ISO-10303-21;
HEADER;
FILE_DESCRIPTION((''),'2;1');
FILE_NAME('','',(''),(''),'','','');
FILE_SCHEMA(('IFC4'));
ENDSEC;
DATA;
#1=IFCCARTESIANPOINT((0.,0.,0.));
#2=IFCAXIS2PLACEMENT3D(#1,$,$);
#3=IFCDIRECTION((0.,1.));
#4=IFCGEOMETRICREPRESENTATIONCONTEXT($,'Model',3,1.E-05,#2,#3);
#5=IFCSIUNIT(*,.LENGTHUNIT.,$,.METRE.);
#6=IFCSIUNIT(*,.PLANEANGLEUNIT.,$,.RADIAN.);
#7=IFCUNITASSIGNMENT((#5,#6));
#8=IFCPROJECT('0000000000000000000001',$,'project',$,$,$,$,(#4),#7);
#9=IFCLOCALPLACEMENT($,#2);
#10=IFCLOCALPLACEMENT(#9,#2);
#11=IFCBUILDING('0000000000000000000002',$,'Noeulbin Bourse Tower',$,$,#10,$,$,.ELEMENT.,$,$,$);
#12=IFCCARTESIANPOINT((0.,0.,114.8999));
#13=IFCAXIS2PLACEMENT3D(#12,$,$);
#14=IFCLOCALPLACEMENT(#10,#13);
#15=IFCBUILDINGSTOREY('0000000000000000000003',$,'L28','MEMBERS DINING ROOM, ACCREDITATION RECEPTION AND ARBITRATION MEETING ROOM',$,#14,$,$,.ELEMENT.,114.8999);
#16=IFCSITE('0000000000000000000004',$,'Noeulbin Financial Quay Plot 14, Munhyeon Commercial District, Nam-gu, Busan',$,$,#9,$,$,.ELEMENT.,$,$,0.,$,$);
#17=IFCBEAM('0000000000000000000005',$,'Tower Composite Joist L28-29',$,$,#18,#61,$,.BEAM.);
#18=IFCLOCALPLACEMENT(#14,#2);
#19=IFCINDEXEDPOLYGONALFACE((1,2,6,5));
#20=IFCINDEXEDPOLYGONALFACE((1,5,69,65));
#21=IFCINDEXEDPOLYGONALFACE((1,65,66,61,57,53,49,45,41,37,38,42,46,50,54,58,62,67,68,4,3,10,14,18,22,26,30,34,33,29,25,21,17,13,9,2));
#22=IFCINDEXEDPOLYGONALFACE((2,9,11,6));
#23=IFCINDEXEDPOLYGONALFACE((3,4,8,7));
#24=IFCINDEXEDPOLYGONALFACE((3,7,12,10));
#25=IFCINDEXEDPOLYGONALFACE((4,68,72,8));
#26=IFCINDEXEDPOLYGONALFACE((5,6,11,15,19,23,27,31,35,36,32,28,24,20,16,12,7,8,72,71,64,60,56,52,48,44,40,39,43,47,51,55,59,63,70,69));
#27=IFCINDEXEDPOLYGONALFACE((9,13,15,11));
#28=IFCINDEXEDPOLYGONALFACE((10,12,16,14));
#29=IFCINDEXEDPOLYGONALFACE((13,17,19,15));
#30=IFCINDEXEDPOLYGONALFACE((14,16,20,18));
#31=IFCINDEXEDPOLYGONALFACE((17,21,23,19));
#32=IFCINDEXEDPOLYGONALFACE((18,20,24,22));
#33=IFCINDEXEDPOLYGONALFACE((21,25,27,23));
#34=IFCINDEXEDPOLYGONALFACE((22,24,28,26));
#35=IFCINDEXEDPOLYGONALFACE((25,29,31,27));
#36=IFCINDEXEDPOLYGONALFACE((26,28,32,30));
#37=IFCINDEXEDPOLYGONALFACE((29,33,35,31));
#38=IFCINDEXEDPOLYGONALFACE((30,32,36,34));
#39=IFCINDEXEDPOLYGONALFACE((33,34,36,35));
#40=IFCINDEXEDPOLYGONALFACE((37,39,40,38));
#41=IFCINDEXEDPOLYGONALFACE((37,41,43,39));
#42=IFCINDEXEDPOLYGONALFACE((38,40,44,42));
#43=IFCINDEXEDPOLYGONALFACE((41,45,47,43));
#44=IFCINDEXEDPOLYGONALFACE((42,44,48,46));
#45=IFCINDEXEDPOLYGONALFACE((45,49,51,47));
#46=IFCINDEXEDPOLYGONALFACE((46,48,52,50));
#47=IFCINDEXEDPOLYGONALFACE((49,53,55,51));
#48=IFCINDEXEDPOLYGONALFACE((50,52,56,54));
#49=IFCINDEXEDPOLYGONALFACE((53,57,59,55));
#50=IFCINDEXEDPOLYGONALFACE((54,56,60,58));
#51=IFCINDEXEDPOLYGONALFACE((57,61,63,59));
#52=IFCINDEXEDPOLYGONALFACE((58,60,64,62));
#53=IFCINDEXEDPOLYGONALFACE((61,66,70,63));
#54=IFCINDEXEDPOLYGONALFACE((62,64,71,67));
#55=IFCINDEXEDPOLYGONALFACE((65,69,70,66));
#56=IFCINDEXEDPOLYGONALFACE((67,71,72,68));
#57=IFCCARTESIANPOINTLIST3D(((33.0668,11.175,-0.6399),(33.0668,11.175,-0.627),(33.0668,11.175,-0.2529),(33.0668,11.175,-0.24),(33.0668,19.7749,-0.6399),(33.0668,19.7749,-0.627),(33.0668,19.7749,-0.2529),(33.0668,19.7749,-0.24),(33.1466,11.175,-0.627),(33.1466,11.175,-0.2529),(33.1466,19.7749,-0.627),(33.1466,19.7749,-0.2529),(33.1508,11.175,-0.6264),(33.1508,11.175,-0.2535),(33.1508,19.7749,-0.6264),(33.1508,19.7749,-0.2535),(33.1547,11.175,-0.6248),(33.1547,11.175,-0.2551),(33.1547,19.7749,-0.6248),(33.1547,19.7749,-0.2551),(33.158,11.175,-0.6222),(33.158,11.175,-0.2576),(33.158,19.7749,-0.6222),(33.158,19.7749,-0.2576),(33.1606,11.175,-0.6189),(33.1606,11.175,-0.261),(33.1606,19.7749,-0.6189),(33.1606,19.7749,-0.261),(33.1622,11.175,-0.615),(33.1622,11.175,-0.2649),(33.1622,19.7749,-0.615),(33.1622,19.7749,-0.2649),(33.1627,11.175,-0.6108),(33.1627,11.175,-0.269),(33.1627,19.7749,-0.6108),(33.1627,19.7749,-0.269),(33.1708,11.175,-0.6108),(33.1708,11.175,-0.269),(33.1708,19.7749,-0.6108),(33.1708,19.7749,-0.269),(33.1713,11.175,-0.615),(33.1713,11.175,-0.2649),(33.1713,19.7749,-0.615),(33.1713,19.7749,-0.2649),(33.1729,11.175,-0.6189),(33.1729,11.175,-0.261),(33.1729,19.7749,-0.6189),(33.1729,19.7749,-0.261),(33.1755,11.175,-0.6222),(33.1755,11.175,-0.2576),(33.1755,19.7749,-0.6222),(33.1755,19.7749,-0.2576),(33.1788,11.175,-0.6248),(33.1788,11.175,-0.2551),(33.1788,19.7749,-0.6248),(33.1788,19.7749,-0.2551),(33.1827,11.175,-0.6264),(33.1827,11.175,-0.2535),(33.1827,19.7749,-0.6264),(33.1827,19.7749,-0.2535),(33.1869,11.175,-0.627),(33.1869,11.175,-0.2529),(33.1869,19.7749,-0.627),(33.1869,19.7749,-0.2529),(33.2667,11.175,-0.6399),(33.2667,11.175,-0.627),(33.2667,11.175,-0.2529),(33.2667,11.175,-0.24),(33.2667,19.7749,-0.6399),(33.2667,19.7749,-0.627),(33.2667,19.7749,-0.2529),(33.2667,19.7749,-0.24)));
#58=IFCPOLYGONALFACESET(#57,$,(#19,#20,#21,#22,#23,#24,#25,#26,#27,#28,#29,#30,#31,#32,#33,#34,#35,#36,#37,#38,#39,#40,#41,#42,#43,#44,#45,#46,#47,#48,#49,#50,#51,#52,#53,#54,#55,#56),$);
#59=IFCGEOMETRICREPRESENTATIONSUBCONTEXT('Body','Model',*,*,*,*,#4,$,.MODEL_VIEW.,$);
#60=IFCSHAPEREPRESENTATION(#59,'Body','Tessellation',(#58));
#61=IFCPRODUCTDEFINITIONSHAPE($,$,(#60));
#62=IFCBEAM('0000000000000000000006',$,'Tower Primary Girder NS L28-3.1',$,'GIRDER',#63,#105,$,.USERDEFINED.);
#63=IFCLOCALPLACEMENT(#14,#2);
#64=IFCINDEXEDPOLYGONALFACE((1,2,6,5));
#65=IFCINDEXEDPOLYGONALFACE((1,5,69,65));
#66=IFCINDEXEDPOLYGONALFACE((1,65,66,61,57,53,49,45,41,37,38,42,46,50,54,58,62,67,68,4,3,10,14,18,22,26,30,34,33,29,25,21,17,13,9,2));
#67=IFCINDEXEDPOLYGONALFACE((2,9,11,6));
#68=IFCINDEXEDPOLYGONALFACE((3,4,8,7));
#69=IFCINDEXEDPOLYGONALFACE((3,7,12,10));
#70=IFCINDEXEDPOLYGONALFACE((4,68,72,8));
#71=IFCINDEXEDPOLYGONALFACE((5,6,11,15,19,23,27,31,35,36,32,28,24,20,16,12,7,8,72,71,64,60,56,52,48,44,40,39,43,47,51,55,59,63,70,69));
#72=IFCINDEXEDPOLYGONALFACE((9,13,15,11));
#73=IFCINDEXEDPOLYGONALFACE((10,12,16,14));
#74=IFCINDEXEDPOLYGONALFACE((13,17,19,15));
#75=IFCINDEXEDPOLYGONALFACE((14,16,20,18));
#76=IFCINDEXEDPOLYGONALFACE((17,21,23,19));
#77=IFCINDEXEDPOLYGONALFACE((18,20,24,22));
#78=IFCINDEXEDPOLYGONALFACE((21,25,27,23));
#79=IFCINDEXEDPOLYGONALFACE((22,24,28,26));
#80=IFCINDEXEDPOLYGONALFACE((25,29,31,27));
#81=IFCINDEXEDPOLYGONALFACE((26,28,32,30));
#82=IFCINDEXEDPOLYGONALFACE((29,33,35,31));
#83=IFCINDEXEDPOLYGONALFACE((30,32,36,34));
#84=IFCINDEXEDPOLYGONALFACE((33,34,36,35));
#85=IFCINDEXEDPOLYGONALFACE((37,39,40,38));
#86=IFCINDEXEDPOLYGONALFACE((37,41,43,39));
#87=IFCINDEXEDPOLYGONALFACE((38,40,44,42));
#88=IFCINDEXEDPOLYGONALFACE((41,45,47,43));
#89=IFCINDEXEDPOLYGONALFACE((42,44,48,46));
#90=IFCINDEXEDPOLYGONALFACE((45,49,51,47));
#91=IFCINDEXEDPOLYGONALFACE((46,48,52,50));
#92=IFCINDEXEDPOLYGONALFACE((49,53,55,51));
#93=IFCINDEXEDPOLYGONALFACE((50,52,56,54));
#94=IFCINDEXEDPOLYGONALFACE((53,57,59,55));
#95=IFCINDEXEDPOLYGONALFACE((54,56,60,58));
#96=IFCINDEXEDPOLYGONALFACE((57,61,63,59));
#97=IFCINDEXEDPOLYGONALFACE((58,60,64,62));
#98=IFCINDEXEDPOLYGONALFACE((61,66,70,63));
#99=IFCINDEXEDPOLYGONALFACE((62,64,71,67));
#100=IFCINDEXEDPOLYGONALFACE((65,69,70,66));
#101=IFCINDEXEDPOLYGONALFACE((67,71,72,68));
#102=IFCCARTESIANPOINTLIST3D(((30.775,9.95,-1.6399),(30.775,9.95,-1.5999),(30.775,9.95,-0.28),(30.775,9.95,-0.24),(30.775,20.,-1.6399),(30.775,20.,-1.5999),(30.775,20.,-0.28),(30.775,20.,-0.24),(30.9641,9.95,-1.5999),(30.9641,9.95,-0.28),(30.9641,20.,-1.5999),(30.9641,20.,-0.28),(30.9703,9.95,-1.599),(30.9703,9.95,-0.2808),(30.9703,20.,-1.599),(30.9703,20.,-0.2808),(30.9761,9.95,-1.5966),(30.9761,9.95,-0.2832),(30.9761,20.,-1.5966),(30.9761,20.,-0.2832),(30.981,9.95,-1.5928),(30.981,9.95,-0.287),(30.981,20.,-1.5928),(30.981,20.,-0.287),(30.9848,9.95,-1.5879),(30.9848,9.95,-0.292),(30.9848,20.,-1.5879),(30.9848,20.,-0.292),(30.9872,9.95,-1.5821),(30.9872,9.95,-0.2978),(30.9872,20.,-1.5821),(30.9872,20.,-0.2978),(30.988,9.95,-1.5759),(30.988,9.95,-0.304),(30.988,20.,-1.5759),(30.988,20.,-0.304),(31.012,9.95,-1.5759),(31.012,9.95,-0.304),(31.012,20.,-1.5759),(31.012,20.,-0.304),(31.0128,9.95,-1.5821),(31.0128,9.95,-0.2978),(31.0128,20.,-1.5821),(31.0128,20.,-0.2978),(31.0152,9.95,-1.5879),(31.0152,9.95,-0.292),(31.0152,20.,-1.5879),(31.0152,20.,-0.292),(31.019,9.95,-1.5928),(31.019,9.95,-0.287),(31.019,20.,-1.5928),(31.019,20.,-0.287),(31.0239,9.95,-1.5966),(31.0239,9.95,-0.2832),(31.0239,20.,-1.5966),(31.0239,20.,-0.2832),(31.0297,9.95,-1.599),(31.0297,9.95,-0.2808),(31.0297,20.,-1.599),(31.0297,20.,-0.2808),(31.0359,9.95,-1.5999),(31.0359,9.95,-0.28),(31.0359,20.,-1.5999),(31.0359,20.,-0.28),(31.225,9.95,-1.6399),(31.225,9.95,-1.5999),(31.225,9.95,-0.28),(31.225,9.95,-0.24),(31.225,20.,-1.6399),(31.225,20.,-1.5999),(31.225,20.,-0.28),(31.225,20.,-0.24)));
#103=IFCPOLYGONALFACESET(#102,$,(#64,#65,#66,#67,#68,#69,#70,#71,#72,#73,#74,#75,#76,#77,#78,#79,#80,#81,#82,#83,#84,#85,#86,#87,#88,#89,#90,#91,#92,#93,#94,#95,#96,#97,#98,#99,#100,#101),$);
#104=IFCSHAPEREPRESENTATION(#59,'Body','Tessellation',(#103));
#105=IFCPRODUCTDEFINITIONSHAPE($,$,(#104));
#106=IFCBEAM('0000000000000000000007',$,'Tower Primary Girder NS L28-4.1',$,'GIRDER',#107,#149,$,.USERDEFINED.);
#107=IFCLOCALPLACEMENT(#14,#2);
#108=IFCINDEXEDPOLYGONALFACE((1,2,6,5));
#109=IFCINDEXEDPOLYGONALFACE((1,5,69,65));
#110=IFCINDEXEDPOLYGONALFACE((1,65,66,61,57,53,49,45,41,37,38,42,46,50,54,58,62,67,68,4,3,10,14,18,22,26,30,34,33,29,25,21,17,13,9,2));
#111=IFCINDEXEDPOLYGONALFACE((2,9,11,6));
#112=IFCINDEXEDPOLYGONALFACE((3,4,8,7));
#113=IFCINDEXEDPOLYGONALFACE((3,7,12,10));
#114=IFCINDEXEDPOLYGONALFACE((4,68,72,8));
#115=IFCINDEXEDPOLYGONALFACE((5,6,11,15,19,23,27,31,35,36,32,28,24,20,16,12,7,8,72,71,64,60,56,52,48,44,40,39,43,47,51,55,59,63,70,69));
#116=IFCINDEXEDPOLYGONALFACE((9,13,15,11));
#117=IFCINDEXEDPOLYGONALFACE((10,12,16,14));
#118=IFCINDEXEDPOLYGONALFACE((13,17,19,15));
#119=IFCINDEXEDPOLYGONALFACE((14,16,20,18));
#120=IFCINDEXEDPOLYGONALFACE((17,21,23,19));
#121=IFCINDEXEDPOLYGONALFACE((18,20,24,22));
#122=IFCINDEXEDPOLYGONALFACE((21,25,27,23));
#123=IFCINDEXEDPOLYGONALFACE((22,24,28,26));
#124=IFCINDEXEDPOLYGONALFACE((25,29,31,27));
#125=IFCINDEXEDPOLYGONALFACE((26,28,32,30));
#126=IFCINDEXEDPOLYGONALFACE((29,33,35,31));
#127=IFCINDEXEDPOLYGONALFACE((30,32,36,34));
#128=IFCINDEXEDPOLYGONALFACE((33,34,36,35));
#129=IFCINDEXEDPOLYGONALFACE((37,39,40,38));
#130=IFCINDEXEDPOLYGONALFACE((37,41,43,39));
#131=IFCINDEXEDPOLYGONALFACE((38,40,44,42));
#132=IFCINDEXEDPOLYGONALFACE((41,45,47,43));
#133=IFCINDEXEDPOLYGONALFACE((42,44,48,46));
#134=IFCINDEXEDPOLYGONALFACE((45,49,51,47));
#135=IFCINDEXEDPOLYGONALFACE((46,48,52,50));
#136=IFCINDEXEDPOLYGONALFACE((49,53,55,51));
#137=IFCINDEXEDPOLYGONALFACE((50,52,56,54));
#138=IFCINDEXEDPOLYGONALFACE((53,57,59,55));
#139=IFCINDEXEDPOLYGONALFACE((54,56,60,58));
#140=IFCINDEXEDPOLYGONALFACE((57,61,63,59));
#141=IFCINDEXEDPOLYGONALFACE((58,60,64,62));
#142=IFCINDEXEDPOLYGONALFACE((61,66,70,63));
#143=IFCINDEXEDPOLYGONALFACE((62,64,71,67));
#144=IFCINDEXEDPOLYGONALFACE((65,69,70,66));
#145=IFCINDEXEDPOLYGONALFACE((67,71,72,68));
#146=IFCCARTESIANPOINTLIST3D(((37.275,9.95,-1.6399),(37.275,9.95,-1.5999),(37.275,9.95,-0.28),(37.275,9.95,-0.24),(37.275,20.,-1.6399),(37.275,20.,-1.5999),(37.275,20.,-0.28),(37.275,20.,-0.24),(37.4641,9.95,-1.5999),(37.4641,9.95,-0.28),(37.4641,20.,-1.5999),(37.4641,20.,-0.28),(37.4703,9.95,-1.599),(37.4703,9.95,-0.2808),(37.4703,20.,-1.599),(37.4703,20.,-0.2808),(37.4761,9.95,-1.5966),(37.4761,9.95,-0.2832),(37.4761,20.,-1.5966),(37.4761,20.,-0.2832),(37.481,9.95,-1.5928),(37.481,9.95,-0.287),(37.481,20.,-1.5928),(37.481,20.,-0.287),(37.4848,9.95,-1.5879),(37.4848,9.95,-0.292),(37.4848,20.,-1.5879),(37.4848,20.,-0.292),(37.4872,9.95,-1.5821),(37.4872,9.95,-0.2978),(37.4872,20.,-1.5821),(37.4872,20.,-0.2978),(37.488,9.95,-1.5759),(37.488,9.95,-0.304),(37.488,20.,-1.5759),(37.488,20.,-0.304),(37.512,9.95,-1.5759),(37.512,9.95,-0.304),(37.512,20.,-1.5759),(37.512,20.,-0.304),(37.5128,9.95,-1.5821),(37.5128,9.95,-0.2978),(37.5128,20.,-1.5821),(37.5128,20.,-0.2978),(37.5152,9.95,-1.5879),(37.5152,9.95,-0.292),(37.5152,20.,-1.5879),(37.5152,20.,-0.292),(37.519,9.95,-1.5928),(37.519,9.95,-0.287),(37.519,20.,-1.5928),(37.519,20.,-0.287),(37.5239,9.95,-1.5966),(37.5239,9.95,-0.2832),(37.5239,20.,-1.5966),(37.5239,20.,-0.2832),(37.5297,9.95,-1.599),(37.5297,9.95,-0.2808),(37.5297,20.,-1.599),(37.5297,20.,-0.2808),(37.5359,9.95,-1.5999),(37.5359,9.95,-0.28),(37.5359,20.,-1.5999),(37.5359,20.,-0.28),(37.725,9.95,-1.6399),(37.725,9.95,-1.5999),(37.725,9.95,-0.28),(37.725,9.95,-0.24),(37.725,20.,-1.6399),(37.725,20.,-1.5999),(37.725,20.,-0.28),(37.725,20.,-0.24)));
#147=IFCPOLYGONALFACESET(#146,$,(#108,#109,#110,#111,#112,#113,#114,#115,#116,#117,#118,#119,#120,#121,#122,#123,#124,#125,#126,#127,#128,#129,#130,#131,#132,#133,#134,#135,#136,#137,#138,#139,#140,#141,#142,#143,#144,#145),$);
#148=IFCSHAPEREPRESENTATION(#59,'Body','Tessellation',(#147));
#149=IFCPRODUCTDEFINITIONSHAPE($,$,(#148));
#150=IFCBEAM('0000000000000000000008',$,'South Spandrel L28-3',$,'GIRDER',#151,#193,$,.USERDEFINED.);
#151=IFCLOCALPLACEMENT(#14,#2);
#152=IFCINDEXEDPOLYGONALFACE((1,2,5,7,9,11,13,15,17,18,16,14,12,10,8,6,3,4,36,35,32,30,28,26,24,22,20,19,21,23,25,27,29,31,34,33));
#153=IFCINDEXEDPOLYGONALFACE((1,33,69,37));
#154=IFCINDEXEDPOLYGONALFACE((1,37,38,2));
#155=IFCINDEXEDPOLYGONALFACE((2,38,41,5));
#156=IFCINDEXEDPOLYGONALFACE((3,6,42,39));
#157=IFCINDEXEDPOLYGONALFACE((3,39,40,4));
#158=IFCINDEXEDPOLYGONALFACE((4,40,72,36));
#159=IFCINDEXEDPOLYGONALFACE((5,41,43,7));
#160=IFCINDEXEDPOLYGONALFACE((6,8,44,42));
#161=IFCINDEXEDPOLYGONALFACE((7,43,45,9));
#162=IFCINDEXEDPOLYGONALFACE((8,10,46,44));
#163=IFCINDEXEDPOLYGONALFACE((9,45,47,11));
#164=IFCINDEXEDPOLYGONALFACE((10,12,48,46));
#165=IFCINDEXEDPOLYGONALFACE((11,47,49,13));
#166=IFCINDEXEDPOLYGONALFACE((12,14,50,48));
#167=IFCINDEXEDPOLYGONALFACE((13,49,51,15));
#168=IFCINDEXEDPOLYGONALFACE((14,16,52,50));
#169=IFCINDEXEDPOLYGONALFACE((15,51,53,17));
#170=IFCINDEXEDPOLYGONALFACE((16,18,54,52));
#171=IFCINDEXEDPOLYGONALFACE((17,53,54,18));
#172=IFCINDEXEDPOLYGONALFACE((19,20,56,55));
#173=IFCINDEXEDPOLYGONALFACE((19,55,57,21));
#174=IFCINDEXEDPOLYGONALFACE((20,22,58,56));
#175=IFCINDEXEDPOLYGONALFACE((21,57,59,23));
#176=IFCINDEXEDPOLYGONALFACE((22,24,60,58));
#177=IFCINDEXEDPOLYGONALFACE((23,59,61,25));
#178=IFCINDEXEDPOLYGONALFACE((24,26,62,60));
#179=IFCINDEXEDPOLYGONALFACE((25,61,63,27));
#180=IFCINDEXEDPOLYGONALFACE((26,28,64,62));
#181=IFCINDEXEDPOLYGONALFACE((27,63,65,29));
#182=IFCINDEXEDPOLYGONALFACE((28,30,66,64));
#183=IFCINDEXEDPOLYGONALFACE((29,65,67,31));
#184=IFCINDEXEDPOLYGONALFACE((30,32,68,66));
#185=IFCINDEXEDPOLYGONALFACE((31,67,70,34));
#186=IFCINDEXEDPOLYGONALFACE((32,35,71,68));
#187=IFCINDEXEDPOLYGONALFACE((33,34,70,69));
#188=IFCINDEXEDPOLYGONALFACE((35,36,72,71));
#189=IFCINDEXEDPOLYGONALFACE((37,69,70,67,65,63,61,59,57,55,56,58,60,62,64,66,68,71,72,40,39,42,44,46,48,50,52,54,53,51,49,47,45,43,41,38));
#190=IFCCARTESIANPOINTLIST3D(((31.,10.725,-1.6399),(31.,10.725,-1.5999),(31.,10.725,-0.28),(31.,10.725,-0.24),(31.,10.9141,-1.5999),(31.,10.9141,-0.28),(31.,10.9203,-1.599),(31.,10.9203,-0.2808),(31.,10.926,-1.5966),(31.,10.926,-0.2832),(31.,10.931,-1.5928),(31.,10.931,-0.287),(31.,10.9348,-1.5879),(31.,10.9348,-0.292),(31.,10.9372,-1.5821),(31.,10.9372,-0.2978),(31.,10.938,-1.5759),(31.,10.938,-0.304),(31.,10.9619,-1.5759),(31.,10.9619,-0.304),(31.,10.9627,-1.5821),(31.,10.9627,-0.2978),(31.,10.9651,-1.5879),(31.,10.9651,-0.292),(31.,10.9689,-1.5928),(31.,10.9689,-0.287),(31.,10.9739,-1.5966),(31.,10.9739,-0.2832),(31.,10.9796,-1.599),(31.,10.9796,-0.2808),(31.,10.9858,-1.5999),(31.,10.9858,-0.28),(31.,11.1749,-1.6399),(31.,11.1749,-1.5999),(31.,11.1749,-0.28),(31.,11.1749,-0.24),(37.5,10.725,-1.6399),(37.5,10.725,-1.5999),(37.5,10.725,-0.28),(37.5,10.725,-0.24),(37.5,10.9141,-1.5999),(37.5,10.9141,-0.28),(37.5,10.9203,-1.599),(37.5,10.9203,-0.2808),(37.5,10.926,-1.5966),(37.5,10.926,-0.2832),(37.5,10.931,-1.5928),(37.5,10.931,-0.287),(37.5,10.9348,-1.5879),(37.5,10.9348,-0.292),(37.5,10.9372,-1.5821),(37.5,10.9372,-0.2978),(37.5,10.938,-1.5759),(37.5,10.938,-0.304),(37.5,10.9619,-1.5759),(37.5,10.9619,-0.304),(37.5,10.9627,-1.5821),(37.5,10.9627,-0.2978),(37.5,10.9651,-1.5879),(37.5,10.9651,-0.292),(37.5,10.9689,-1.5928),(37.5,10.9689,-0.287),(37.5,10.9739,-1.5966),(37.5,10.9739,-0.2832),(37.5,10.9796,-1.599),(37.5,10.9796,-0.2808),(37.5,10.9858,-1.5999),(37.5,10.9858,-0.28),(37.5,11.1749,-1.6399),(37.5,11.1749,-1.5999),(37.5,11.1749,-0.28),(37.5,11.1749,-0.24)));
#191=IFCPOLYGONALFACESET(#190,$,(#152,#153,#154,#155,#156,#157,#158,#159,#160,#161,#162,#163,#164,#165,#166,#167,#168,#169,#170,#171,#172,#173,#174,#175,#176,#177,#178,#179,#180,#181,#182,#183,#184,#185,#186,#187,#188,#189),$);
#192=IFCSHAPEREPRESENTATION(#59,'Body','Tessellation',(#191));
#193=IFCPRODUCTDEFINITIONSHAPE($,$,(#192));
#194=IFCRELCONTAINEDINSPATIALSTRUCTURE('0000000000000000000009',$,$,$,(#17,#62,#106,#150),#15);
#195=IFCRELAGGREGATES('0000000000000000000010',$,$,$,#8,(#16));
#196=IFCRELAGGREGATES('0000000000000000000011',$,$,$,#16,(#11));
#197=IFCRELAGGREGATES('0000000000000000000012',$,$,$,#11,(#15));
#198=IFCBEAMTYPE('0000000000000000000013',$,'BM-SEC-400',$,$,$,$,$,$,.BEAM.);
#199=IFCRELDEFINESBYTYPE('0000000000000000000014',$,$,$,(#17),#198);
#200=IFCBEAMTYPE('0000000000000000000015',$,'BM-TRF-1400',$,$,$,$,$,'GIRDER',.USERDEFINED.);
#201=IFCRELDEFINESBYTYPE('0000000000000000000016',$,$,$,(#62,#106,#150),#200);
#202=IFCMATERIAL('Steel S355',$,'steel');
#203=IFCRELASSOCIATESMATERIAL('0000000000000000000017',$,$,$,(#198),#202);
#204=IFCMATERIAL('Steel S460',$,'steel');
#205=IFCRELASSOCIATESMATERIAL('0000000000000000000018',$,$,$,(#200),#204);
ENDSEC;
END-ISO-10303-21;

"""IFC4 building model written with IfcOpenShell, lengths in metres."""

from ifc_helpers import new_model, si_unit, direction, frame, origin, origin_2d, place, context, subcontext, project, spatial, i_section, extrude, material, material_profile, profile_set, type_object, element, save


model = new_model("IFC4")

# Units and contexts
model_context = context("Model", 3, precision=1e-05, world=origin(), true_north=direction((0.0, 1.0)))
body_context = subcontext(model_context, "Body", "Model", "MODEL_VIEW")
ifc_project = project(units=[si_unit("LENGTHUNIT", "METRE"), si_unit("PLANEANGLEUNIT", "RADIAN")], contexts=[model_context])

# Site, building, storey
site_placement = place(None, origin())
site = spatial("IfcSite", under=ifc_project, at=site_placement, Name="Noeulbin Financial Quay Plot 14, Munhyeon Commercial District, Nam-gu, Busan", CompositionType="ELEMENT", RefElevation=0.0)
building_placement = place(site_placement, origin())
building = spatial("IfcBuilding", under=site, at=building_placement, Name="Noeulbin Bourse Tower", CompositionType="ELEMENT")
storey_placement = place(building_placement, frame((0.0, 0.0, 114.8999)))
storey = spatial("IfcBuildingStorey", under=building, at=storey_placement, Name="L28", Description="MEMBERS DINING ROOM, ACCREDITATION RECEPTION AND ARBITRATION MEETING ROOM", CompositionType="ELEMENT", Elevation=114.8999)

# Shared definitions
ifc_material_1 = material(Name="Steel S355", Category="steel")

# Beams
ifc_material_profile_1 = material_profile(ifc_material_1, i_section(OverallWidth=0.2, OverallDepth=0.3999, WebThickness=0.0081, FlangeThickness=0.0129, FilletRadius=0.0161, at=origin_2d()), Name="H-400x200x8x13", Category="LoadBearing")
ifc_profile_set_1 = profile_set([ifc_material_profile_1], Name="Steel S355")
beam_type_1 = type_object("IfcBeamType", Name="BM-SEC-400", PredefinedType="BEAM", material=ifc_profile_set_1)
for number, where, z_axis, x_axis, name in (
    (1, (33.1667, 11.175, -0.4399), (0.0, 1.0, 0.0), (-1.0, 0.0, 0.0), "Tower Composite Joist L28-29"),
):
    element("IfcBeam", number, at=place(storey_placement, frame(where, z_axis=z_axis, x_axis=x_axis)), inside=storey, type_object=beam_type_1, Name=name, PredefinedType="BEAM", context=body_context, shape_type="SweptSolid", body=[
        extrude(i_section(OverallWidth=0.2, OverallDepth=0.3999, WebThickness=0.0081, FlangeThickness=0.0129, FilletRadius=0.0161, at=origin_2d()), origin(), (0.0, 0.0, 1.0), 8.5999),
    ])
ifc_material_2 = material(Name="Steel S460", Category="steel")
ifc_material_profile_2 = material_profile(ifc_material_2, i_section(OverallWidth=0.45, OverallDepth=1.3999, WebThickness=0.0239, FlangeThickness=0.04, FilletRadius=0.0239, at=origin_2d()), Name="PG-1400x450x24x40", Category="LoadBearing")
ifc_profile_set_2 = profile_set([ifc_material_profile_2], Name="Steel S460")
beam_type_2 = type_object("IfcBeamType", Name="BM-TRF-1400", ElementType="GIRDER", PredefinedType="USERDEFINED", material=ifc_profile_set_2)
for number, where, z_axis, x_axis, name in (
    (2, (31.0, 9.95, -0.9399), (0.0, 1.0, 0.0), (-1.0, 0.0, 0.0), "Tower Primary Girder NS L28-3.1"),
    (3, (37.5, 9.95, -0.9399), (0.0, 1.0, 0.0), (-1.0, 0.0, 0.0), "Tower Primary Girder NS L28-4.1"),
):
    element("IfcBeam", number, at=place(storey_placement, frame(where, z_axis=z_axis, x_axis=x_axis)), inside=storey, type_object=beam_type_2, Name=name, ObjectType="GIRDER", PredefinedType="USERDEFINED", context=body_context, shape_type="SweptSolid", body=[
        extrude(i_section(OverallWidth=0.45, OverallDepth=1.3999, WebThickness=0.0239, FlangeThickness=0.04, FilletRadius=0.0239, at=origin_2d()), origin(), (0.0, 0.0, 1.0), 10.05),
    ])
beam_placement = place(storey_placement, frame((31.0, 10.95, -0.9399), z_axis=(1.0, 0.0, 0.0), x_axis=(0.0, 1.0, 0.0)))
element("IfcBeam", 4, at=beam_placement, inside=storey, type_object=beam_type_2, Name="South Spandrel L28-3", ObjectType="GIRDER", PredefinedType="USERDEFINED", context=body_context, shape_type="SweptSolid", body=[
    extrude(i_section(OverallWidth=0.45, OverallDepth=1.3999, WebThickness=0.0239, FlangeThickness=0.04, FilletRadius=0.0239, at=origin_2d()), origin(), (0.0, 0.0, 1.0), 6.5),
])

save(model, "model.ifc")
